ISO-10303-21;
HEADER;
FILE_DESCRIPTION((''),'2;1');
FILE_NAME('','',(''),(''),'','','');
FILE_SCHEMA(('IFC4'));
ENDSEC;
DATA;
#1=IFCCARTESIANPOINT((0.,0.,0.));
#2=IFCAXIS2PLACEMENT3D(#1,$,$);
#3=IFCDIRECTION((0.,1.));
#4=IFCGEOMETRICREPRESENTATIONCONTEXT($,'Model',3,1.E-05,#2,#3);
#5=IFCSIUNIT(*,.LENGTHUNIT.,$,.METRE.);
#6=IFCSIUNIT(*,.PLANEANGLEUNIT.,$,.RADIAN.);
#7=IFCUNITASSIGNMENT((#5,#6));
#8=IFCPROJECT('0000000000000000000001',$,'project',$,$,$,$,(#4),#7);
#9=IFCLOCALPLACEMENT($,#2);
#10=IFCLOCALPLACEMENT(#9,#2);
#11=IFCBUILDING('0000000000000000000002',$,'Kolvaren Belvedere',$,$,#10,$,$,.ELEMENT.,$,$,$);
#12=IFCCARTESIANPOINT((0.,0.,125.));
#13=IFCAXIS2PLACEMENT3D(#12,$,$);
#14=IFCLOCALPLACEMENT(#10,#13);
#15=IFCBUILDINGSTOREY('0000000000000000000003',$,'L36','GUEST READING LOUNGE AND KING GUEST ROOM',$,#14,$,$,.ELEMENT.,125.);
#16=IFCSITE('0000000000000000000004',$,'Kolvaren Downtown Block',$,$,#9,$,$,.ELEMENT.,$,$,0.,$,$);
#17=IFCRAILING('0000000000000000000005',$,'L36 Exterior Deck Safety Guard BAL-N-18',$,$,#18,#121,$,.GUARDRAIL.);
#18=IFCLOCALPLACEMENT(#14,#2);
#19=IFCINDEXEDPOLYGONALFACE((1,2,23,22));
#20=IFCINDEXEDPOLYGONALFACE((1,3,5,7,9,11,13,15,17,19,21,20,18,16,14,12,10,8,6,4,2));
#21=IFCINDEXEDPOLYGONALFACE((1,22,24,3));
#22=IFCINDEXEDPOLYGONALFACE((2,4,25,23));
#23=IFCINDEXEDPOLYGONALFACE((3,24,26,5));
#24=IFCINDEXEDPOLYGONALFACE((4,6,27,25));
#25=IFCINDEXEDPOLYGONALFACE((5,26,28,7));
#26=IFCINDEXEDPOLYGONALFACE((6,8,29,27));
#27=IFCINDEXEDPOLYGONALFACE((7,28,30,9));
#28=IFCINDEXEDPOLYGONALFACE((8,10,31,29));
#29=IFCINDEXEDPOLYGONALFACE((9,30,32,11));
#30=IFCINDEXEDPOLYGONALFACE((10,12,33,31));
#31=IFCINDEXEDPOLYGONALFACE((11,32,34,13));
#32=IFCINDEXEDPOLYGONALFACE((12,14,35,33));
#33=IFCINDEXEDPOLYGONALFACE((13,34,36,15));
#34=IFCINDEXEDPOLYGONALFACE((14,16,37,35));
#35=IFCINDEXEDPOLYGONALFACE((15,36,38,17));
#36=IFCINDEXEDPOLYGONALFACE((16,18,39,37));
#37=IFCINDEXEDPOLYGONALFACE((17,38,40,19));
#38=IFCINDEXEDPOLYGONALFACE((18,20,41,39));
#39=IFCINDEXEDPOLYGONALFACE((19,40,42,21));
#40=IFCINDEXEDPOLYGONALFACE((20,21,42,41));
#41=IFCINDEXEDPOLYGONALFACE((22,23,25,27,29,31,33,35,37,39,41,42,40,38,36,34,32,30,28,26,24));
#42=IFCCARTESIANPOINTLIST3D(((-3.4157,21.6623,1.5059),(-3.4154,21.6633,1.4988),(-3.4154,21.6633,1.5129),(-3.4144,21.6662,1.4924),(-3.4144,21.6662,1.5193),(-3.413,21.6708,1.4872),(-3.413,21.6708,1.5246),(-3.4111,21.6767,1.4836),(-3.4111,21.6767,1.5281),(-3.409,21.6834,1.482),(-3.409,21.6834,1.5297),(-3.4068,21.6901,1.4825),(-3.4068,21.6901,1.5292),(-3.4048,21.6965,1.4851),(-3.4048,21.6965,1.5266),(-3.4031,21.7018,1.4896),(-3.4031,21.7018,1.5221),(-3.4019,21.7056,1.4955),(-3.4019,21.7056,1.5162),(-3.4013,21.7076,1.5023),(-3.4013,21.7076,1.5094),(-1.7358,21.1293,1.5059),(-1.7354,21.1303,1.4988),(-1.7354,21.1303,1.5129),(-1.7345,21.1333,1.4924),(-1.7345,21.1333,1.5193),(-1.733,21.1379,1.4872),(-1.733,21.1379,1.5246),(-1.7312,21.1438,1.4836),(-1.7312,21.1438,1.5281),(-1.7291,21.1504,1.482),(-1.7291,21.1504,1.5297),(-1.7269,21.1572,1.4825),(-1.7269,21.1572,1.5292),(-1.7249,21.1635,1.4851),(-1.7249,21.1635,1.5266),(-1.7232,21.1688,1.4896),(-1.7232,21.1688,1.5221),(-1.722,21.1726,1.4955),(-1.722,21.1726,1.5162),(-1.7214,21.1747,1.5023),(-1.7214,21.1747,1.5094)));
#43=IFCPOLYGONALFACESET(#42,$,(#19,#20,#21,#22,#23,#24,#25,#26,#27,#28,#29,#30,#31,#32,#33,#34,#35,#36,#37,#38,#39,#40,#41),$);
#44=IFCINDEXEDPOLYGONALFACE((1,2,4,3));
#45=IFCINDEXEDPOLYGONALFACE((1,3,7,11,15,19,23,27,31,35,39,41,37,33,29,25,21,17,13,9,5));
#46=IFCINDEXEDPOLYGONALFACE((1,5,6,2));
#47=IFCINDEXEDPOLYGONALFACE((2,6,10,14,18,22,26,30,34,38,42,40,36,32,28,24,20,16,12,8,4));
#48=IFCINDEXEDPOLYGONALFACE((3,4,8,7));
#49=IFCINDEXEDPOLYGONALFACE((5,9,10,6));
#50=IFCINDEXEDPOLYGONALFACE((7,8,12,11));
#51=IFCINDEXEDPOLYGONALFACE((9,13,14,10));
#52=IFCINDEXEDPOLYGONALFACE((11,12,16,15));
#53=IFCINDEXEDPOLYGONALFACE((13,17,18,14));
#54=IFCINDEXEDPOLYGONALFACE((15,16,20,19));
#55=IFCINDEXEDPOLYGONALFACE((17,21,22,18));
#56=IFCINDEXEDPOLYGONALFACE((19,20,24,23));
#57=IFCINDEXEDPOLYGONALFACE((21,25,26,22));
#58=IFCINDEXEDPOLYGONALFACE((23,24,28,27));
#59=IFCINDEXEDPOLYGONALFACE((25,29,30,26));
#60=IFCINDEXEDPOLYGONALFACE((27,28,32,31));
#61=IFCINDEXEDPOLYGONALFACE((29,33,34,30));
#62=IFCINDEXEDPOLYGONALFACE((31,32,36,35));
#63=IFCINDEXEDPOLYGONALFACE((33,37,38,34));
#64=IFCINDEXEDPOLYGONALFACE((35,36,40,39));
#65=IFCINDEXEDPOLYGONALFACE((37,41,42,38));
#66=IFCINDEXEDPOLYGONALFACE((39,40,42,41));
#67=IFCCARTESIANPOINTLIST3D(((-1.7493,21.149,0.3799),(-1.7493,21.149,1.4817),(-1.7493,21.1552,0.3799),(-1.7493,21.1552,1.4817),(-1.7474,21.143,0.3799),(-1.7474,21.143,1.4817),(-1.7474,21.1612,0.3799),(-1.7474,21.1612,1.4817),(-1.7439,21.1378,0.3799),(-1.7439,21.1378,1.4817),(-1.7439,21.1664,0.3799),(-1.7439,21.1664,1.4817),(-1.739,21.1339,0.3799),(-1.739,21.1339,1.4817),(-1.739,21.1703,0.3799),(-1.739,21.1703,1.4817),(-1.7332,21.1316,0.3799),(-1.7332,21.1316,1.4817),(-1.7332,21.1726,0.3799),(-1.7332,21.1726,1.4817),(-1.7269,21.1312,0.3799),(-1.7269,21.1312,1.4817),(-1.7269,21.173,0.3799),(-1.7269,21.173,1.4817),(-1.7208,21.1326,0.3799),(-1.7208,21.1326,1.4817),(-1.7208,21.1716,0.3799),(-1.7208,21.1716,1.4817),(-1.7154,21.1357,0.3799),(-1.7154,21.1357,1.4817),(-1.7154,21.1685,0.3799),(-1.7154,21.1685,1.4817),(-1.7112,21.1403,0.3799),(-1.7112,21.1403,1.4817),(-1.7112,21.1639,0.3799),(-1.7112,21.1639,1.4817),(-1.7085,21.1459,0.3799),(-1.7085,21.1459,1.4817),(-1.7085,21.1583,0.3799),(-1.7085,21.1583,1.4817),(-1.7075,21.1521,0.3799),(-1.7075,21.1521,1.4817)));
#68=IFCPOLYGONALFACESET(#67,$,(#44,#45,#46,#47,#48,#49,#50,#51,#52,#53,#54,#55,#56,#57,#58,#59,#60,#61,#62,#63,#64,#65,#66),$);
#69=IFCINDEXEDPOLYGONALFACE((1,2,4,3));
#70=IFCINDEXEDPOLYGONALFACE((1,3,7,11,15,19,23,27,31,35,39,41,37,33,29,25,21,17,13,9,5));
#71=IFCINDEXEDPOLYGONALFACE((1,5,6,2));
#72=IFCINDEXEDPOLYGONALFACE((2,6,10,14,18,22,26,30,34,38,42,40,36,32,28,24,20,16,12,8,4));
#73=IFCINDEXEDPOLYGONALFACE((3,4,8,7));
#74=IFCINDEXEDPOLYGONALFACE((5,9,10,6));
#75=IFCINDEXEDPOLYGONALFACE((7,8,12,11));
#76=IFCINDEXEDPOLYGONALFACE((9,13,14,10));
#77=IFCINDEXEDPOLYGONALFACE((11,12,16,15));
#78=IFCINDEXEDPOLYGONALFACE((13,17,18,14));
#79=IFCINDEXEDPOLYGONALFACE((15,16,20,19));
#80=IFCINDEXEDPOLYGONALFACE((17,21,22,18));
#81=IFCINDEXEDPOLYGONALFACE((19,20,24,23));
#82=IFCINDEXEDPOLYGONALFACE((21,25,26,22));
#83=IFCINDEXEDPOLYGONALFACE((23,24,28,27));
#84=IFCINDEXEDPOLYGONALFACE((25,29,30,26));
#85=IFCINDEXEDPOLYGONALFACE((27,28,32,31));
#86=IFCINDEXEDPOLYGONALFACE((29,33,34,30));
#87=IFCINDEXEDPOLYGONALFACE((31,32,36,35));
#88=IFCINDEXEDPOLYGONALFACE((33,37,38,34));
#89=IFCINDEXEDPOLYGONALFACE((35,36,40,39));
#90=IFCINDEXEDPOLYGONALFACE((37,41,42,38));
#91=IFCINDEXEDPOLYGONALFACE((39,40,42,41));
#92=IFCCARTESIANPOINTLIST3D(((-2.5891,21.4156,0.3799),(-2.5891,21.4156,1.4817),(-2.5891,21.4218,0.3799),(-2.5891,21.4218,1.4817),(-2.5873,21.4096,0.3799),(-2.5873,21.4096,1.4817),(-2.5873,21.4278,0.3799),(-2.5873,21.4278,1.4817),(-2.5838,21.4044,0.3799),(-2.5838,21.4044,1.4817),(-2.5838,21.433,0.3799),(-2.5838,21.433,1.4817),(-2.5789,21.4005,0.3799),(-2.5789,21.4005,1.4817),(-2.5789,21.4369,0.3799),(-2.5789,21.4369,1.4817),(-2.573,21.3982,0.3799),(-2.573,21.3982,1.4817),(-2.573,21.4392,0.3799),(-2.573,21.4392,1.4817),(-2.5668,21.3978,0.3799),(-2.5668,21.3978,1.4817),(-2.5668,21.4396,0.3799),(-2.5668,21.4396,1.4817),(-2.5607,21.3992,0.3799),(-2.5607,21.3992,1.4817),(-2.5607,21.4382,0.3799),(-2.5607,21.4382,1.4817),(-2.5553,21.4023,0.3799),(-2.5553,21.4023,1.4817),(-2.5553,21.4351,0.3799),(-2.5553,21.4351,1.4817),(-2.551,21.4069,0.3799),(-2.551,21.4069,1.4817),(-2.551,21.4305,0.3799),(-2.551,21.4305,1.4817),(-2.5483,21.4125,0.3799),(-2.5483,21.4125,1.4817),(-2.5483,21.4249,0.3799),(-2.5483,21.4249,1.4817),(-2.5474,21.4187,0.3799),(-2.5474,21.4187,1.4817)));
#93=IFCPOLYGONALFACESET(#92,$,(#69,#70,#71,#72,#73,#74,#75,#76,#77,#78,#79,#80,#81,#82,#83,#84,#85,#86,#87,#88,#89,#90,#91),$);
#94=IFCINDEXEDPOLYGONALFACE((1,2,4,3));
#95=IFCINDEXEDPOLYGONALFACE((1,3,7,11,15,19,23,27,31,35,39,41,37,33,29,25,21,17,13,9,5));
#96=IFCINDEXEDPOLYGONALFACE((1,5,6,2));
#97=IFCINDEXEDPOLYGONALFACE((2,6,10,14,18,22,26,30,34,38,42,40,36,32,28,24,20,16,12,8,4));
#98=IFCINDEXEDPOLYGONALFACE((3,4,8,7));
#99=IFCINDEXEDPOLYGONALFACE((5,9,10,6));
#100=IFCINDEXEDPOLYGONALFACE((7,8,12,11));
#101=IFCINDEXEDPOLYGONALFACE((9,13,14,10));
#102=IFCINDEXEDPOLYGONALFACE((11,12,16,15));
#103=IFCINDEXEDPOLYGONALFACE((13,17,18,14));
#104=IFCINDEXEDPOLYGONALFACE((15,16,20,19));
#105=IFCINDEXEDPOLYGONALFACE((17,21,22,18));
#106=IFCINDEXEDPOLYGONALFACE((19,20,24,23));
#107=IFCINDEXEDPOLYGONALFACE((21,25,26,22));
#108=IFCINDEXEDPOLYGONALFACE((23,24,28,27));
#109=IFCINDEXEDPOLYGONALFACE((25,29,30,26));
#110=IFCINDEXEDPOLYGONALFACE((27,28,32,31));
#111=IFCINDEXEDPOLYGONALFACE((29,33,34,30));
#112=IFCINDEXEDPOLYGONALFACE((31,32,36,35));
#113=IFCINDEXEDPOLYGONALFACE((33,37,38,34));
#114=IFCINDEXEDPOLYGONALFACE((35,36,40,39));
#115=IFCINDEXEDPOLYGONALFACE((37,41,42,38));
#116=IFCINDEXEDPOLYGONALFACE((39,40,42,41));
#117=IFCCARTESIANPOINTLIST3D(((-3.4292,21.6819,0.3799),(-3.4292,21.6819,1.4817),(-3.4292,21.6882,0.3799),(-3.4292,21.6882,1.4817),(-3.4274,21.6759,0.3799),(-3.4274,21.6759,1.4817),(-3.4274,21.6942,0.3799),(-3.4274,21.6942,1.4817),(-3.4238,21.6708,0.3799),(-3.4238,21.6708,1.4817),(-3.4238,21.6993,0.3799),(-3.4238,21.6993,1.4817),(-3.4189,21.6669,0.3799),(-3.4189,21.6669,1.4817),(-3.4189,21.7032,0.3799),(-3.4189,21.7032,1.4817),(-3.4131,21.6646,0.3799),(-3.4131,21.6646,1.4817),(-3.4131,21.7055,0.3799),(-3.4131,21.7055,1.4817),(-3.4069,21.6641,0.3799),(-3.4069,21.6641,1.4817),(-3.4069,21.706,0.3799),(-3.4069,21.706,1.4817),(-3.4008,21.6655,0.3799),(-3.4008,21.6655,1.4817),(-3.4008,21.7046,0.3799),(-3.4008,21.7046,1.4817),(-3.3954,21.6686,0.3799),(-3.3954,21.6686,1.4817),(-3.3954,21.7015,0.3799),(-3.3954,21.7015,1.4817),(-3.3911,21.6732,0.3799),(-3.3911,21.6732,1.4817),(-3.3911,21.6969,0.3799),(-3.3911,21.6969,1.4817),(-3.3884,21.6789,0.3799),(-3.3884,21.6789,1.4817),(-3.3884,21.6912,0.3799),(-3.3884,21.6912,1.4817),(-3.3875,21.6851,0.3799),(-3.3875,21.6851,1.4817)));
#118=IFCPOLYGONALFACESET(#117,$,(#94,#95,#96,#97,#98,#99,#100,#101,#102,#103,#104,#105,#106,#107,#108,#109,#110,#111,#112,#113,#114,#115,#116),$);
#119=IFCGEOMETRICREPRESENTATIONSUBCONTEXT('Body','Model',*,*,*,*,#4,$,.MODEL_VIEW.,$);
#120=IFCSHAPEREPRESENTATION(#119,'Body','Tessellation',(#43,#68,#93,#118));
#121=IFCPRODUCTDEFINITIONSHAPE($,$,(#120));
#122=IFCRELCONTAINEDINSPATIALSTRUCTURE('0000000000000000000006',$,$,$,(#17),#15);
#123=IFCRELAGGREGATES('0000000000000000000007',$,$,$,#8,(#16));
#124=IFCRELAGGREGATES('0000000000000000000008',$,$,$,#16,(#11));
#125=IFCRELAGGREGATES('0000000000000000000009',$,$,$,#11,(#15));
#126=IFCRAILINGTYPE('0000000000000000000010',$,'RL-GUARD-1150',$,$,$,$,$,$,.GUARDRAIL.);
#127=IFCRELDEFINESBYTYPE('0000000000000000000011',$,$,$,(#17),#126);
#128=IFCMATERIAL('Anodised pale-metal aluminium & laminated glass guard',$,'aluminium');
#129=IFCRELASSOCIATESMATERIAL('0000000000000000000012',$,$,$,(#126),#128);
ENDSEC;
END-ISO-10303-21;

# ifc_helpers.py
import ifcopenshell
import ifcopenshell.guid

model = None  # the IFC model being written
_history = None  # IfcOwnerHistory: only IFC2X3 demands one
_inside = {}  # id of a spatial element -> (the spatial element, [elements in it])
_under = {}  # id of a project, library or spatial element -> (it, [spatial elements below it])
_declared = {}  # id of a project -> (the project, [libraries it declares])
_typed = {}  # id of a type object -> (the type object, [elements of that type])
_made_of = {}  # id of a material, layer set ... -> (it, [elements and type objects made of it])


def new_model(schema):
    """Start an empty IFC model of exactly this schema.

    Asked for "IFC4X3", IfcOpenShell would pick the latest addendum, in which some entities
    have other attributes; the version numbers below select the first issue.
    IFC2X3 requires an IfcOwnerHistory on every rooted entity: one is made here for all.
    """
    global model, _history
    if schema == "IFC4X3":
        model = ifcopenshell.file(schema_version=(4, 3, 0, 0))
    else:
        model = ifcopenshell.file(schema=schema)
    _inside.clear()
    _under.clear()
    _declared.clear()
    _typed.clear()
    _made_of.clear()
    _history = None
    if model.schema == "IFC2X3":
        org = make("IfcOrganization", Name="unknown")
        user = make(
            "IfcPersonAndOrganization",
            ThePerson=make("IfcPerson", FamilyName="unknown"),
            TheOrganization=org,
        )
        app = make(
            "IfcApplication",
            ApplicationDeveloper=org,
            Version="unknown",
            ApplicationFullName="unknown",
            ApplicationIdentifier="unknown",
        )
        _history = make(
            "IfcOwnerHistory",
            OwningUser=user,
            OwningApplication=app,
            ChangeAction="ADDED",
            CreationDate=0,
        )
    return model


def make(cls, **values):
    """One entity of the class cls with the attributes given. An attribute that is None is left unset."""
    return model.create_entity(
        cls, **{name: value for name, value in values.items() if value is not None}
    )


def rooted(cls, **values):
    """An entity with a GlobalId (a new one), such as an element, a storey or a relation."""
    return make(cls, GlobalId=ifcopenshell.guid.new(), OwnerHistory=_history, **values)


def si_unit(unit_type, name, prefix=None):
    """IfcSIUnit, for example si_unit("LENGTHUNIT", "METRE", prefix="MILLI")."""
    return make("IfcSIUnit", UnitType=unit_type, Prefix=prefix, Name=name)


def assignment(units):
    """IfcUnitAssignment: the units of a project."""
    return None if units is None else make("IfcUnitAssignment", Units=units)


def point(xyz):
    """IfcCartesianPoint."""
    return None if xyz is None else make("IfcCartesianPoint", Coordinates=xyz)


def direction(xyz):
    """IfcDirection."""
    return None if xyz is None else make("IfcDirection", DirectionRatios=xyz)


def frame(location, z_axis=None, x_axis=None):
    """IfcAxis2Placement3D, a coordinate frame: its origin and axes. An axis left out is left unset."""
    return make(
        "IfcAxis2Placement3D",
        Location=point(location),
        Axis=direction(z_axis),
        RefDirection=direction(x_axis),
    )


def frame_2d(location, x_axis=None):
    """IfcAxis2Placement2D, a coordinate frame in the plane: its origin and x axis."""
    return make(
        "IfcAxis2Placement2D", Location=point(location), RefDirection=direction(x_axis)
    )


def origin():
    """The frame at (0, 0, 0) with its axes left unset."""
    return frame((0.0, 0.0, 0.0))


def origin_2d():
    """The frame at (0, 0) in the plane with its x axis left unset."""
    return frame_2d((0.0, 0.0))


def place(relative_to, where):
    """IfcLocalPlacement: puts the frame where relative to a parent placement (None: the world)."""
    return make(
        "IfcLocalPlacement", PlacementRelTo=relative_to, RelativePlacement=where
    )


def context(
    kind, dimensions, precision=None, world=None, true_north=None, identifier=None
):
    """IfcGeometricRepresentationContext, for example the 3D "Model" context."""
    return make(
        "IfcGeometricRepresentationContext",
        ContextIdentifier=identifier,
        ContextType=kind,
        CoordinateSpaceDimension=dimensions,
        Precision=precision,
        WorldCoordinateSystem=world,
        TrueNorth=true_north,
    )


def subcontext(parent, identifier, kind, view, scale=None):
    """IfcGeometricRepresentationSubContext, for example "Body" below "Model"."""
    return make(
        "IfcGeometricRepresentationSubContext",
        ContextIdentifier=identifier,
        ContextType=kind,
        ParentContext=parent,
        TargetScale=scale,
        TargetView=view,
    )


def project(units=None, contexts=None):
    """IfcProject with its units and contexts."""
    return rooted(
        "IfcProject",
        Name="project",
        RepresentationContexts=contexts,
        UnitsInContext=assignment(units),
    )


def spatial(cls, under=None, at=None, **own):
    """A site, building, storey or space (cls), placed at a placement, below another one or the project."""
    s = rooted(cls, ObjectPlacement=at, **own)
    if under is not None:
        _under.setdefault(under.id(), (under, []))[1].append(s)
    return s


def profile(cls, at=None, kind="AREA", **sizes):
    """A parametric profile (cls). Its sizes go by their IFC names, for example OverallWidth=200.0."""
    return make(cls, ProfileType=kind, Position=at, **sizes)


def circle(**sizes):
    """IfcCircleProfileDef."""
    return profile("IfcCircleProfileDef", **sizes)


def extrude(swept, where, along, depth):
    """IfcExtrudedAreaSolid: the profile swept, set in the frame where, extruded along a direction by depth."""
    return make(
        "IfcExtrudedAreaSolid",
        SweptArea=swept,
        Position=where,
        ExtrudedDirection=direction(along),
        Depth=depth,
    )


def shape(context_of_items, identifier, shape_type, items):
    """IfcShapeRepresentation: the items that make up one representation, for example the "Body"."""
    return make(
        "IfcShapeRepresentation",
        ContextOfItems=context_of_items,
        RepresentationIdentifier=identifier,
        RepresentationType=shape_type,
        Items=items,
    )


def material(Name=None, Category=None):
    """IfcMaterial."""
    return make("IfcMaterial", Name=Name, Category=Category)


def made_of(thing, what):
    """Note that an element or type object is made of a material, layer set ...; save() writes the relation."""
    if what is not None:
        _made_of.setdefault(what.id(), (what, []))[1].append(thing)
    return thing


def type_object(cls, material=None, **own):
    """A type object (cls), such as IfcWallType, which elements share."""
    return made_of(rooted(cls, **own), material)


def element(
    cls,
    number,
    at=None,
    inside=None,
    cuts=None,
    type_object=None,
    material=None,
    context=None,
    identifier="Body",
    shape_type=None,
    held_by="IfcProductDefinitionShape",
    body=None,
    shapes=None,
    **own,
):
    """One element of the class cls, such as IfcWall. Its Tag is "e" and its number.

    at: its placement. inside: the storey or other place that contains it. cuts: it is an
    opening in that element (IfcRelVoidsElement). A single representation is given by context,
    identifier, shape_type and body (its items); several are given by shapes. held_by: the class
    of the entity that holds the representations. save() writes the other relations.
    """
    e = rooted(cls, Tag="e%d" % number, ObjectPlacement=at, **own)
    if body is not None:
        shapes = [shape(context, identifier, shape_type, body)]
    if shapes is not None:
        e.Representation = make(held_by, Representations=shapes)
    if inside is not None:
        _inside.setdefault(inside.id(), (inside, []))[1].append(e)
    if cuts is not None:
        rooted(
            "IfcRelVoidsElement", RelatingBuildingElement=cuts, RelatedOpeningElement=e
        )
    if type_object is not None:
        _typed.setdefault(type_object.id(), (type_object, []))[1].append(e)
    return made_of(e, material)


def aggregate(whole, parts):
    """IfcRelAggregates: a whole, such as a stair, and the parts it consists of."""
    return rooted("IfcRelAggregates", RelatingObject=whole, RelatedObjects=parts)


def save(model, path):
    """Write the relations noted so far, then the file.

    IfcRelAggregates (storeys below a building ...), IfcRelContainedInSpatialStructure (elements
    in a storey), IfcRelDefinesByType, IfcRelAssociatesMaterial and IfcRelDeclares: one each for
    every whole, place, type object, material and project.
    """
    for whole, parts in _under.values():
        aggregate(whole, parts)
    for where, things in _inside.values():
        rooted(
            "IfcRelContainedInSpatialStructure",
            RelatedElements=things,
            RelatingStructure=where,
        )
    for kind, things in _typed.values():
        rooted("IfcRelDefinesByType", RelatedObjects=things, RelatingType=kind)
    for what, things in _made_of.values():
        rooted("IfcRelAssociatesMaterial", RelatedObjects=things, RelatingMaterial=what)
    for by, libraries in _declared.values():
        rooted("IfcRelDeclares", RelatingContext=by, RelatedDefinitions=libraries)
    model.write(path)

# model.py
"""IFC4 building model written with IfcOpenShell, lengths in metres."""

from ifc_helpers import new_model, si_unit, direction, frame, origin, origin_2d, place, context, subcontext, project, spatial, circle, extrude, material, type_object, element, save


model = new_model("IFC4")

# Units and contexts
model_context = context("Model", 3, precision=1e-05, world=origin(), true_north=direction((0.0, 1.0)))
body_context = subcontext(model_context, "Body", "Model", "MODEL_VIEW")
ifc_project = project(units=[si_unit("LENGTHUNIT", "METRE"), si_unit("PLANEANGLEUNIT", "RADIAN")], contexts=[model_context])

# Site, building, storey
site_placement = place(None, origin())
site = spatial("IfcSite", under=ifc_project, at=site_placement, Name="Kolvaren Downtown Block", CompositionType="ELEMENT", RefElevation=0.0)
building_placement = place(site_placement, origin())
building = spatial("IfcBuilding", under=site, at=building_placement, Name="Kolvaren Belvedere", CompositionType="ELEMENT")
storey_placement = place(building_placement, frame((0.0, 0.0, 125.0)))
storey = spatial("IfcBuildingStorey", under=building, at=storey_placement, Name="L36", Description="GUEST READING LOUNGE AND KING GUEST ROOM", CompositionType="ELEMENT", Elevation=125.0)

# Railing
ifc_material_1 = material(Name="Anodised pale-metal aluminium & laminated glass guard", Category="aluminium")
railing_type = type_object("IfcRailingType", Name="RL-GUARD-1150", PredefinedType="GUARDRAIL", material=ifc_material_1)
railing_1_placement = place(storey_placement, frame((-1.7285, 21.1521, 0.3799)))
element("IfcRailing", 1, at=railing_1_placement, inside=storey, type_object=railing_type, Name="L36 Exterior Deck Safety Guard BAL-N-18", PredefinedType="GUARDRAIL", context=body_context, shape_type="SweptSolid", body=[
    extrude(circle(Radius=0.0239, at=origin_2d()), frame((0.0, 0.0, 1.126), z_axis=(-0.953182, 0.302397, 0.0), x_axis=(-0.302397, -0.953182, 0.0)), (0.0, 0.0, 1.0), 1.7625),
    extrude(circle(Radius=0.021, at=origin_2d()), origin(), (0.0, 0.0, 1.0), 1.1018),
    extrude(circle(Radius=0.021, at=origin_2d()), frame((-0.8398, 0.2666, 0.0)), (0.0, 0.0, 1.0), 1.1018),
    extrude(circle(Radius=0.021, at=origin_2d()), frame((-1.6799, 0.533, 0.0)), (0.0, 0.0, 1.0), 1.1018),
])

save(model, "model.ifc")
